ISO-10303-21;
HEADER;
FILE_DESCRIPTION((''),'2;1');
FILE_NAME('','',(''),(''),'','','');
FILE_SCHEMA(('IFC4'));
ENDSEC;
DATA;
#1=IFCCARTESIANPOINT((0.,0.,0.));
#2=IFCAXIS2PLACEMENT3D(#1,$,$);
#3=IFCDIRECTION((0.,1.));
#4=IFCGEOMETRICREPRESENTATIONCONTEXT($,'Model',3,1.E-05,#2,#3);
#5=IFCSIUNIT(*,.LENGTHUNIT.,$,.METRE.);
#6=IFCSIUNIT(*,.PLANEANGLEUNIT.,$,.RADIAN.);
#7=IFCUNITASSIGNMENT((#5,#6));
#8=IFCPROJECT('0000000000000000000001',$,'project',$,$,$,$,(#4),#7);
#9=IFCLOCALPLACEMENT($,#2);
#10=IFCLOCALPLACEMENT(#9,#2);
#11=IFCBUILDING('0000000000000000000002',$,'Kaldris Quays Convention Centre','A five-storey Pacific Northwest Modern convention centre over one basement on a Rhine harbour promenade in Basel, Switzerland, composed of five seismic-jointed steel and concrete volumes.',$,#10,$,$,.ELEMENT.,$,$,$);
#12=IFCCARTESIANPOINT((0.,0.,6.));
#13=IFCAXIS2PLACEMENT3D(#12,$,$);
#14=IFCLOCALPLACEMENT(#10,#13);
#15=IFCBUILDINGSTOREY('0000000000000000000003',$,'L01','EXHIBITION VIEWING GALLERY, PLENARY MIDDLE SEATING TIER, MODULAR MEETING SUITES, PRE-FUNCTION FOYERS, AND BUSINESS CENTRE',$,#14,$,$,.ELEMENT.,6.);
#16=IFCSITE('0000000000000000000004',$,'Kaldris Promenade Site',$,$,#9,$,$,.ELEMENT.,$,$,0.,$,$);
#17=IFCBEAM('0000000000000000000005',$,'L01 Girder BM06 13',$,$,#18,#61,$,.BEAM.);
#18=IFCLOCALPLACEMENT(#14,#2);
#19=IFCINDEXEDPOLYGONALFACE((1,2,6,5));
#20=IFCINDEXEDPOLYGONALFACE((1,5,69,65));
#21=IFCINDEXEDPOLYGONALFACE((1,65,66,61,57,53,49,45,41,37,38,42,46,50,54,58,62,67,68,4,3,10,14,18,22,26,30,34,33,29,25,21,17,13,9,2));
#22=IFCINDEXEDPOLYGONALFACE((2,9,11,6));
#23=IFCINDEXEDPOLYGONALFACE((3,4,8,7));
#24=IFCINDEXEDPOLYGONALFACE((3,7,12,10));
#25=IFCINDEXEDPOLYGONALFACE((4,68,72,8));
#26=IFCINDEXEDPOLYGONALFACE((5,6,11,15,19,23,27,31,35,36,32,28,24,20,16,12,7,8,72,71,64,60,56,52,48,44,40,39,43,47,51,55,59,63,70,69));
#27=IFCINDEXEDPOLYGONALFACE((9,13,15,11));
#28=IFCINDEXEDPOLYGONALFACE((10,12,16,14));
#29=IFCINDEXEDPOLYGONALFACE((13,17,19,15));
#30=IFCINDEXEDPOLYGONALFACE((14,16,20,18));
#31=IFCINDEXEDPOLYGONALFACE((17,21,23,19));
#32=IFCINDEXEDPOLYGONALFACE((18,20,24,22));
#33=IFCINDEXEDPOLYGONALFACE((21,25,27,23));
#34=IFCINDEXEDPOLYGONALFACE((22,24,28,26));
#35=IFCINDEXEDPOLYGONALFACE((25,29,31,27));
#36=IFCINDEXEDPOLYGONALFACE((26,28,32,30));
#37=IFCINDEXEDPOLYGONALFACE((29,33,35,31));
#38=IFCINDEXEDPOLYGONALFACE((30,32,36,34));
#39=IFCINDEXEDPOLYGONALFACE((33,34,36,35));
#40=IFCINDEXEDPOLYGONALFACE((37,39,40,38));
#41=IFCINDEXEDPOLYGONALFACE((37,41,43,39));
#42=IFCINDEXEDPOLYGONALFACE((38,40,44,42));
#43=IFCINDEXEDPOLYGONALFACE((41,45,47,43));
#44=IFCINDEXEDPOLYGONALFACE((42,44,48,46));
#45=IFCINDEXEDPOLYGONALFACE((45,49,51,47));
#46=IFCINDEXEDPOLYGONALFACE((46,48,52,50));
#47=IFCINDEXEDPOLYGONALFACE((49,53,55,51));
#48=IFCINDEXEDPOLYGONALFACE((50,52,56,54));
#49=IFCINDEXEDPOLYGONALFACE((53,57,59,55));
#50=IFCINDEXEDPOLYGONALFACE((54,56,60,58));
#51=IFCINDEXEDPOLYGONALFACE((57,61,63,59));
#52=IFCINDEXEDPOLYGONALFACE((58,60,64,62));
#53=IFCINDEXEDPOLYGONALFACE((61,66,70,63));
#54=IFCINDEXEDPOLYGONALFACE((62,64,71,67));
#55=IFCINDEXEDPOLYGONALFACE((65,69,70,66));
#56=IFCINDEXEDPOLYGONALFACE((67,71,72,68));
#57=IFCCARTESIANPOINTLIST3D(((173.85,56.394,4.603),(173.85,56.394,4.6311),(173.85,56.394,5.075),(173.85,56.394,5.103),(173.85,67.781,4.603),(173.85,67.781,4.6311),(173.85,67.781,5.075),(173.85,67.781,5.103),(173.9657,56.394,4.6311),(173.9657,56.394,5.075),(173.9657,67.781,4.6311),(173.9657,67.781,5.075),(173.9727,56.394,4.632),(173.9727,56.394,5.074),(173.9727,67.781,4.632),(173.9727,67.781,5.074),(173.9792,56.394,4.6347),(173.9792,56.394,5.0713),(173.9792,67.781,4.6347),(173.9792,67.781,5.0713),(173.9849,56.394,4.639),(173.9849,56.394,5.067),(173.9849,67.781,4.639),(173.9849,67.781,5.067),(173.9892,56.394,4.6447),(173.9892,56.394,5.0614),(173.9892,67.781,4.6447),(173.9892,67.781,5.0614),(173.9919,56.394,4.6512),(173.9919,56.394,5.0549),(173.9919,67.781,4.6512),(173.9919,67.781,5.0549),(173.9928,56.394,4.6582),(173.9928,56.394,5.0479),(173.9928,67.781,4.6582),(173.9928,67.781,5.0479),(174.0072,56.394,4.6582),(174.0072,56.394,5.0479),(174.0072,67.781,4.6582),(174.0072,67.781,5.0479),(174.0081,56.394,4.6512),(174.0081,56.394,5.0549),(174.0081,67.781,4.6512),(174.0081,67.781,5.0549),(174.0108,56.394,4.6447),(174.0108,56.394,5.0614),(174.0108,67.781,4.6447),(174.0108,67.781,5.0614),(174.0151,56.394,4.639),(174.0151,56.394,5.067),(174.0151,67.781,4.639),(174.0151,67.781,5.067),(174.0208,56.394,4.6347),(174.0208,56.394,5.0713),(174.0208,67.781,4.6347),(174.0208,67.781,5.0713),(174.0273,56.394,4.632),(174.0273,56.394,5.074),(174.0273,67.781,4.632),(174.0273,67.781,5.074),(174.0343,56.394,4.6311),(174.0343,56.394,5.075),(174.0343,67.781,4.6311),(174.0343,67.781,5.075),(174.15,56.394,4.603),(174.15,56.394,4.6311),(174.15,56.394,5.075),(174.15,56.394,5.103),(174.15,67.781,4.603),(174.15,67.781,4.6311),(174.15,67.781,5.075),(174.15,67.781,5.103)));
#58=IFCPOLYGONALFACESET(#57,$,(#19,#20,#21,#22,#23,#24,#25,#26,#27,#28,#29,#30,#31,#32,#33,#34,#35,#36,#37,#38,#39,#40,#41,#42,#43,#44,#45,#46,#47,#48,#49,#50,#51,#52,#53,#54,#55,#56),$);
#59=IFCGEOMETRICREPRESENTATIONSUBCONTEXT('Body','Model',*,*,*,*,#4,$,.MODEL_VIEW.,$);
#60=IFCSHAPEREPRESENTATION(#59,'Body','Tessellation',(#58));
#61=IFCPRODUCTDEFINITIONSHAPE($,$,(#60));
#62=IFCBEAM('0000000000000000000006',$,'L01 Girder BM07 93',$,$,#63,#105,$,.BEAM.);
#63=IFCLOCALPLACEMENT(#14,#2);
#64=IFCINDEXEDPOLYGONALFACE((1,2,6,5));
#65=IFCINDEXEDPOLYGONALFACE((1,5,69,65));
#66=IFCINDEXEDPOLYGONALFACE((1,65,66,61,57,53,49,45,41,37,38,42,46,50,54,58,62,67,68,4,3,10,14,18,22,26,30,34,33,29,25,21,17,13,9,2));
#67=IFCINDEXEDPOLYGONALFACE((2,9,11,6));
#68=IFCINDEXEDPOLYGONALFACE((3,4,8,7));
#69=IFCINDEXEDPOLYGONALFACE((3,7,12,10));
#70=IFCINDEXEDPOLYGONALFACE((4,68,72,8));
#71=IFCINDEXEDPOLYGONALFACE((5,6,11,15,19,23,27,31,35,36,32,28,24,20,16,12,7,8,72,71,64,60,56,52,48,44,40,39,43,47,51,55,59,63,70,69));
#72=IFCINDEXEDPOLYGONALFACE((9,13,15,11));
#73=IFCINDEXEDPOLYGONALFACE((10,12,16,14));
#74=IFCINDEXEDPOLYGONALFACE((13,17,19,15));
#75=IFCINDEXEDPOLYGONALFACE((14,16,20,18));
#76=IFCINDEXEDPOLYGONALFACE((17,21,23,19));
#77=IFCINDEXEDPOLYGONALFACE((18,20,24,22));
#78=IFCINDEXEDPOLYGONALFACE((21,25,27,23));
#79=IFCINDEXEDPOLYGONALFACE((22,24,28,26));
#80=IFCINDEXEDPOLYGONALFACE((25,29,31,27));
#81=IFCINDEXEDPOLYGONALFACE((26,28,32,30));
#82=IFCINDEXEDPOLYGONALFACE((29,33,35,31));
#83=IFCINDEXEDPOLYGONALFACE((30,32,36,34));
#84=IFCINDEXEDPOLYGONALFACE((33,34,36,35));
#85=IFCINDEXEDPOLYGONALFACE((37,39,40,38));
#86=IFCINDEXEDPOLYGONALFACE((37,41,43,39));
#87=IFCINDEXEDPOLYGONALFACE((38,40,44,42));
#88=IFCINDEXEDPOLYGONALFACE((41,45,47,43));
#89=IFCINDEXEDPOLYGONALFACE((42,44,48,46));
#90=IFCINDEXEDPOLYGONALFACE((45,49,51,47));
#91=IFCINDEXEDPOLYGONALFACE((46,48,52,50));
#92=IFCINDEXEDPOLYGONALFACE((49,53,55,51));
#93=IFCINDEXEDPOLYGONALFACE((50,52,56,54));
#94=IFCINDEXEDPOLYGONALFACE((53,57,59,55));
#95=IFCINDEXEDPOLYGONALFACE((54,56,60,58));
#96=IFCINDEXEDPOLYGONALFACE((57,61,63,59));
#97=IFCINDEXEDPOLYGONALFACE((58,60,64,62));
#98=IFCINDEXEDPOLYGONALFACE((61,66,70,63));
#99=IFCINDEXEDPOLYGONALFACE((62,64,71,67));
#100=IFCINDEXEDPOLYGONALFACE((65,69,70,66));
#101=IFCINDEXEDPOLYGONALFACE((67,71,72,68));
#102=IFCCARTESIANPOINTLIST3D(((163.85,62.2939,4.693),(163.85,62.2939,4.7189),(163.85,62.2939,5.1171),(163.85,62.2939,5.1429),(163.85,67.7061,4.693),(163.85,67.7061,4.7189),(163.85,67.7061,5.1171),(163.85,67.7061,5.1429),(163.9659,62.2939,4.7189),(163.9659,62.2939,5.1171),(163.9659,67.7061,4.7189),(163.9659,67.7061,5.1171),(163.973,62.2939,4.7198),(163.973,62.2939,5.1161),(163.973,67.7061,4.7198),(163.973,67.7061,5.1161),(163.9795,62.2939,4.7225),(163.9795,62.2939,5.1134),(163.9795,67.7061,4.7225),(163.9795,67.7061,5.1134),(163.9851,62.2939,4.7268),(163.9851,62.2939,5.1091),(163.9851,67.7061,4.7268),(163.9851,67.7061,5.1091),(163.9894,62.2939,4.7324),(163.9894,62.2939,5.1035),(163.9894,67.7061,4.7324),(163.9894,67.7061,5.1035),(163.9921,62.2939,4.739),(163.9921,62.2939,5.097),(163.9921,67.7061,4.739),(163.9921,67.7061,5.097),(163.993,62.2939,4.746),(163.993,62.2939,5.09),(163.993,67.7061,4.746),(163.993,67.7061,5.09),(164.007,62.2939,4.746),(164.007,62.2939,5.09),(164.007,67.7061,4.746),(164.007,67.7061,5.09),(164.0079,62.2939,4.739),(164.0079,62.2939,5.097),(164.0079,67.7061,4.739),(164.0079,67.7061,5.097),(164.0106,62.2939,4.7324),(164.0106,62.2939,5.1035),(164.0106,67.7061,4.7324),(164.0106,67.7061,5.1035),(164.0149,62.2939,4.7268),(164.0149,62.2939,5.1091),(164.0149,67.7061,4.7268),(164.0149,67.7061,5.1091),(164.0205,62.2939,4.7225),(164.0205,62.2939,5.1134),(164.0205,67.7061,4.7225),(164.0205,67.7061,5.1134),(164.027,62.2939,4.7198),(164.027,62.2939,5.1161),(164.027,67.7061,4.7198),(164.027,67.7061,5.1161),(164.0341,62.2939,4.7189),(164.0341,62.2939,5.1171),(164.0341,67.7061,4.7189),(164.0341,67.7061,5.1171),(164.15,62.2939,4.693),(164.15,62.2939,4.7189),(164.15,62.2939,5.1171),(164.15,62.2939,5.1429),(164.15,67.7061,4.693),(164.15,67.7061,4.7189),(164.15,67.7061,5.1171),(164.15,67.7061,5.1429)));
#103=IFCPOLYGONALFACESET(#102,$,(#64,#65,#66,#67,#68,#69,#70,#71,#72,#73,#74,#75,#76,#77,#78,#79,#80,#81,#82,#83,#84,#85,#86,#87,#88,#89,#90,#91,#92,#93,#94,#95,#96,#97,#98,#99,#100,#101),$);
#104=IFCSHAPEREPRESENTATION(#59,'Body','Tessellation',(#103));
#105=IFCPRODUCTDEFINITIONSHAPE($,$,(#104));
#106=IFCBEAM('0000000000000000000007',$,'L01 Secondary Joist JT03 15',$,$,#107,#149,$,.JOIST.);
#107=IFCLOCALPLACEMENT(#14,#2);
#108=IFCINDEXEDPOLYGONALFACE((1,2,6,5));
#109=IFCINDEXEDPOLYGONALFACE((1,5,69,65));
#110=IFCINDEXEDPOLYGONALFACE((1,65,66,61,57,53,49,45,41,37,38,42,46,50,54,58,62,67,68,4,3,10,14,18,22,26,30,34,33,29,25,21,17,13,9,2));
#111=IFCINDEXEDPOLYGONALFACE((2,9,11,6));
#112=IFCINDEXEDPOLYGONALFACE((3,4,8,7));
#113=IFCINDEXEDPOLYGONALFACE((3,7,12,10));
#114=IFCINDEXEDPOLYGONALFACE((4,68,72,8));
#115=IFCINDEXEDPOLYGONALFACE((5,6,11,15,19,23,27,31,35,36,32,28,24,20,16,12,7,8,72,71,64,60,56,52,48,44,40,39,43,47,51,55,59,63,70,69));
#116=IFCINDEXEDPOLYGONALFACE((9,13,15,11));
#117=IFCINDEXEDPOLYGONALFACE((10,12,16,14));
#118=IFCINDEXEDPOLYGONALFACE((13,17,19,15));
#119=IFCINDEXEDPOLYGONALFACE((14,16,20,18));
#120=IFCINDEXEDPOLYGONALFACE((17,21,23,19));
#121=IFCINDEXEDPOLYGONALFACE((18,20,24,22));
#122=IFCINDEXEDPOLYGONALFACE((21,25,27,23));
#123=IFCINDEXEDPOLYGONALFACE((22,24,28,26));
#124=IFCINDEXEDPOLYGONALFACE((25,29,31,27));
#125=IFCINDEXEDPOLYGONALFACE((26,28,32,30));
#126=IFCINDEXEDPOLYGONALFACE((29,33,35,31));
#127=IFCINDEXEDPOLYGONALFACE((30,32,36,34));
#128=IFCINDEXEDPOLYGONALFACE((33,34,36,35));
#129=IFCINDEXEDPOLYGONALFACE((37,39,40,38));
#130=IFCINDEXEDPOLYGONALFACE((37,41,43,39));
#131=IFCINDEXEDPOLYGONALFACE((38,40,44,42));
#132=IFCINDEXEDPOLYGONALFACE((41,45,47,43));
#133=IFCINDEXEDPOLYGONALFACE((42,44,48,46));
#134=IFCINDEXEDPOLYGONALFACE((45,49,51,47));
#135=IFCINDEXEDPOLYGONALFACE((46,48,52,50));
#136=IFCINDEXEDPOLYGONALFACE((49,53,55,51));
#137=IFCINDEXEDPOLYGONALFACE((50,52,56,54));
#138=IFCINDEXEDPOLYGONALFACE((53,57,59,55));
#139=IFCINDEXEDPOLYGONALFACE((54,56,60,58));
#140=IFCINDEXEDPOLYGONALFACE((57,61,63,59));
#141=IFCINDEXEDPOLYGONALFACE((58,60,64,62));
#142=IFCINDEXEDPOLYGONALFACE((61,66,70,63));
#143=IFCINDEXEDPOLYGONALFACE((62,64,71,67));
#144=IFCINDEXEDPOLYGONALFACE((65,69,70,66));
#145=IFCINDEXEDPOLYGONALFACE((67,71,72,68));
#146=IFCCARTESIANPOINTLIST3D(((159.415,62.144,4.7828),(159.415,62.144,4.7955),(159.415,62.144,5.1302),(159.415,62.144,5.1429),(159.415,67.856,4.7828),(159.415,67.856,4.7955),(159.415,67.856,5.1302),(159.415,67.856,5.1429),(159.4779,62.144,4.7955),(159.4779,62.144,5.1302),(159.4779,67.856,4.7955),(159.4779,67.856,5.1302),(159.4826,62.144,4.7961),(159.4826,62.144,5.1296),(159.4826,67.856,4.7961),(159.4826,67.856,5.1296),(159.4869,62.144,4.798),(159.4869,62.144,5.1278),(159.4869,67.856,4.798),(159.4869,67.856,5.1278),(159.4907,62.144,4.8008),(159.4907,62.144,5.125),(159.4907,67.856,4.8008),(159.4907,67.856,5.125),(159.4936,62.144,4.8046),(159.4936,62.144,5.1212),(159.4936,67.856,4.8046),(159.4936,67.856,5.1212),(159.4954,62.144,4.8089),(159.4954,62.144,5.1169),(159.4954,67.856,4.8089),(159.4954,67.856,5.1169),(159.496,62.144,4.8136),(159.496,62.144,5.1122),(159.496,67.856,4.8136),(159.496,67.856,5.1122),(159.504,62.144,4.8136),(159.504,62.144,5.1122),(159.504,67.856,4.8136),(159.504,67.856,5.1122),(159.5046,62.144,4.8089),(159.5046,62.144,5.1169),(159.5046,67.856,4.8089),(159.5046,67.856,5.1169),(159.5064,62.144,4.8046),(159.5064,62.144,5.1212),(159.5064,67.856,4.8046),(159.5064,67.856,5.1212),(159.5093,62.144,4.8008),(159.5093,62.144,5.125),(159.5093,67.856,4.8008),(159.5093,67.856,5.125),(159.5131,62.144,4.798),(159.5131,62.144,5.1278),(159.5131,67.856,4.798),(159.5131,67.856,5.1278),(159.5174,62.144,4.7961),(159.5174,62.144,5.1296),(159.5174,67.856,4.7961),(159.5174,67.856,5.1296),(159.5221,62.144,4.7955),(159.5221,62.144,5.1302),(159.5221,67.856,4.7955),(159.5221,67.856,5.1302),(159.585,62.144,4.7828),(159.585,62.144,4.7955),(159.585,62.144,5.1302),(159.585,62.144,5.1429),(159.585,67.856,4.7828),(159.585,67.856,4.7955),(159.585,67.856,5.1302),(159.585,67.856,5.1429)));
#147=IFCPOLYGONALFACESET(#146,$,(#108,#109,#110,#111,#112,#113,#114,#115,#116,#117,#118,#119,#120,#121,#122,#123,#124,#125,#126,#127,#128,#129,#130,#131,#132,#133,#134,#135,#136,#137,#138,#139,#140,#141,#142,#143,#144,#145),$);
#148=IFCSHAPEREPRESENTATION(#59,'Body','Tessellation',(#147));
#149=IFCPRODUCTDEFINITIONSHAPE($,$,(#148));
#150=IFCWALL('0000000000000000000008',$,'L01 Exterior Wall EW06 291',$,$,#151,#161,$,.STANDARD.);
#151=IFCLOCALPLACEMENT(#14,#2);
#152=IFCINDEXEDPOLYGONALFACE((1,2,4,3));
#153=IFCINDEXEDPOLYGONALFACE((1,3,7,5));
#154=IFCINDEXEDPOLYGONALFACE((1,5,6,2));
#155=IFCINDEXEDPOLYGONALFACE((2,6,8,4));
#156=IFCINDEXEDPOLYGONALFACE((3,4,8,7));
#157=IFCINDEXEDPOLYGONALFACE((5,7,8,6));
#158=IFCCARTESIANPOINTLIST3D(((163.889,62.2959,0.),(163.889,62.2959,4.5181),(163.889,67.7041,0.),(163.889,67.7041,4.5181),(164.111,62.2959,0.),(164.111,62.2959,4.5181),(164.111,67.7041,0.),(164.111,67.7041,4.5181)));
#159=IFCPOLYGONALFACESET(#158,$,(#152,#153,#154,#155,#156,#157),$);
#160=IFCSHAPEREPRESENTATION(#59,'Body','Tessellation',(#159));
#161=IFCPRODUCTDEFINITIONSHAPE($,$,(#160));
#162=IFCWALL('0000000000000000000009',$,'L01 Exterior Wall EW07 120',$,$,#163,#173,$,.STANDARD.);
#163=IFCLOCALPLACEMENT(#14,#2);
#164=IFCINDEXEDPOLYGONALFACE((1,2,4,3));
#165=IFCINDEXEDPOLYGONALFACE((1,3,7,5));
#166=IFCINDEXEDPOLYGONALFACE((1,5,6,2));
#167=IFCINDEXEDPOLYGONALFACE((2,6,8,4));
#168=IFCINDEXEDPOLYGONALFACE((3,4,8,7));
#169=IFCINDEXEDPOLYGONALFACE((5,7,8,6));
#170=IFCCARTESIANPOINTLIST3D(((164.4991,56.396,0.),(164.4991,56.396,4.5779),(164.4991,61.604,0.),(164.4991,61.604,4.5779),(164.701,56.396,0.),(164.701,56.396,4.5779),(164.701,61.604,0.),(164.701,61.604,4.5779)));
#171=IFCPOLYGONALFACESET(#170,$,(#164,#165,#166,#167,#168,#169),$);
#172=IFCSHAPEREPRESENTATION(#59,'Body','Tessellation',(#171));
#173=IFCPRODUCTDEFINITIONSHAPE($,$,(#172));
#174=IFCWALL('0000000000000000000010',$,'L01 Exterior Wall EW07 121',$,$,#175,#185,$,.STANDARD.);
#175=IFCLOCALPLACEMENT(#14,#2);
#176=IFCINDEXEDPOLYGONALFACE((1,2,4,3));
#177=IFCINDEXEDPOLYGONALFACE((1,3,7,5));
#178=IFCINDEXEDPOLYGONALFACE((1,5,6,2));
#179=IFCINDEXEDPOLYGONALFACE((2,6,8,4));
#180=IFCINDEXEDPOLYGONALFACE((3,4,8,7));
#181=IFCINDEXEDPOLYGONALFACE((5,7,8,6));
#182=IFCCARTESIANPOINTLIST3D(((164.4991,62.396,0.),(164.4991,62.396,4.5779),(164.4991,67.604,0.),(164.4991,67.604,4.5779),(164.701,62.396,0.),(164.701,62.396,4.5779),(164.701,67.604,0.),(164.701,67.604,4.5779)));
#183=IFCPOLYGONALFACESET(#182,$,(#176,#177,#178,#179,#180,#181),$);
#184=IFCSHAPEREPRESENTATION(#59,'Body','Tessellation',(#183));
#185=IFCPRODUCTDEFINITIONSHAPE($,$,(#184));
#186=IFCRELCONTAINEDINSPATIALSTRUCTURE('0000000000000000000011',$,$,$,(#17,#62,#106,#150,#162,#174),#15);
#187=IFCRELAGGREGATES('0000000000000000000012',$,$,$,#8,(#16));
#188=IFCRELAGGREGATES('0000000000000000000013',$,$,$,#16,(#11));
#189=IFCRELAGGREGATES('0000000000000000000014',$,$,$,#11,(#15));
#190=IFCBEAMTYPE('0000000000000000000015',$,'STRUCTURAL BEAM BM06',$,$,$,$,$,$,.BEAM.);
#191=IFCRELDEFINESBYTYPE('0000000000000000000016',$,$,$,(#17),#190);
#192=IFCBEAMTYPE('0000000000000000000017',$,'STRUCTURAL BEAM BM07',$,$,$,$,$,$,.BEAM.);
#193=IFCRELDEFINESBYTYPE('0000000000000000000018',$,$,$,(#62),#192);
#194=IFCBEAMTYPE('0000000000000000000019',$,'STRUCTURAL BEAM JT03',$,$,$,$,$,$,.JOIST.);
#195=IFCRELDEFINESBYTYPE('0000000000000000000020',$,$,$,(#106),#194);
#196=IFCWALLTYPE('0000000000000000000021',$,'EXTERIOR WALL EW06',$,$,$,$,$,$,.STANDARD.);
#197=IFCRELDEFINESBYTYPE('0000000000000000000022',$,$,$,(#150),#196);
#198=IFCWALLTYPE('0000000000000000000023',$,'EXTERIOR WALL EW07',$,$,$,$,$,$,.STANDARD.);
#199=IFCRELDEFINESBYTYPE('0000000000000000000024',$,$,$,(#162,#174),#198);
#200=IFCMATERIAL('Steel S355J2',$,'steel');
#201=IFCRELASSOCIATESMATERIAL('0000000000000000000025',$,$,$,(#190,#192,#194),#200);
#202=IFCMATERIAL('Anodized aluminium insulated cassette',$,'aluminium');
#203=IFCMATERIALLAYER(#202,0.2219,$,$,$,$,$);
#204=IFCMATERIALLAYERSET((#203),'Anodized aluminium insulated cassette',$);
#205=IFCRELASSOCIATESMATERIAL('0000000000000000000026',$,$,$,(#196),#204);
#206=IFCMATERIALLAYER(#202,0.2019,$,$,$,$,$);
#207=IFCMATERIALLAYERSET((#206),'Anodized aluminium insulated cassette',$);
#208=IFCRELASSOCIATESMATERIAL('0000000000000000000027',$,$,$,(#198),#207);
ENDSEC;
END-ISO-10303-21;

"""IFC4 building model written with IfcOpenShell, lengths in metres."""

from ifc_helpers import new_model, si_unit, direction, frame, frame_2d, origin, origin_2d, place, context, subcontext, project, spatial, rectangle, i_section, extrude, material, layer, layer_set, material_profile, profile_set, type_object, element, save


model = new_model("IFC4")

# Units and contexts
model_context = context("Model", 3, precision=1e-05, world=origin(), true_north=direction((0.0, 1.0)))
body_context = subcontext(model_context, "Body", "Model", "MODEL_VIEW")
ifc_project = project(units=[si_unit("LENGTHUNIT", "METRE"), si_unit("PLANEANGLEUNIT", "RADIAN")], contexts=[model_context])

# Site, building, storey
site_placement = place(None, origin())
site = spatial("IfcSite", under=ifc_project, at=site_placement, Name="Kaldris Promenade Site", CompositionType="ELEMENT", RefElevation=0.0)
building_placement = place(site_placement, origin())
building = spatial("IfcBuilding", under=site, at=building_placement, Name="Kaldris Quays Convention Centre", Description="A five-storey Pacific Northwest Modern convention centre over one basement on a Rhine harbour promenade in Basel, Switzerland, composed of five seismic-jointed steel and concrete volumes.", CompositionType="ELEMENT")
storey_placement = place(building_placement, frame((0.0, 0.0, 6.0)))
storey = spatial("IfcBuildingStorey", under=building, at=storey_placement, Name="L01", Description="EXHIBITION VIEWING GALLERY, PLENARY MIDDLE SEATING TIER, MODULAR MEETING SUITES, PRE-FUNCTION FOYERS, AND BUSINESS CENTRE", CompositionType="ELEMENT", Elevation=6.0)

# Shared definitions
ifc_material_1 = material(Name="Steel S355J2", Category="steel")

# Beams
ifc_material_profile_1 = material_profile(ifc_material_1, i_section(OverallWidth=0.3, OverallDepth=0.5, WebThickness=0.0144, FlangeThickness=0.0281, FilletRadius=0.0271, at=origin_2d()), Name="HEB 500")
ifc_profile_set_1 = profile_set([ifc_material_profile_1], Name="Steel S355J2")
beam_type_1 = type_object("IfcBeamType", Name="STRUCTURAL BEAM BM06", PredefinedType="BEAM", material=ifc_profile_set_1)
beam_1_placement = place(storey_placement, frame((174.0, 56.394, 4.853), z_axis=(0.0, 1.0, 0.0), x_axis=(-1.0, 0.0, 0.0)))
element("IfcBeam", 1, at=beam_1_placement, inside=storey, type_object=beam_type_1, Name="L01 Girder BM06 13", PredefinedType="BEAM", context=body_context, shape_type="SweptSolid", body=[
    extrude(i_section(OverallWidth=0.3, OverallDepth=0.5, WebThickness=0.0144, FlangeThickness=0.0281, FilletRadius=0.0271, at=origin_2d()), origin(), (0.0, 0.0, 1.0), 11.387),
])
ifc_material_profile_2 = material_profile(ifc_material_1, i_section(OverallWidth=0.3, OverallDepth=0.45, WebThickness=0.0139, FlangeThickness=0.0259, FilletRadius=0.0271, at=origin_2d()), Name="HEB 450")
ifc_profile_set_2 = profile_set([ifc_material_profile_2], Name="Steel S355J2")
beam_type_2 = type_object("IfcBeamType", Name="STRUCTURAL BEAM BM07", PredefinedType="BEAM", material=ifc_profile_set_2)
beam_2_placement = place(storey_placement, frame((164.0, 62.2939, 4.918), z_axis=(0.0, 1.0, 0.0), x_axis=(-1.0, 0.0, 0.0)))
element("IfcBeam", 2, at=beam_2_placement, inside=storey, type_object=beam_type_2, Name="L01 Girder BM07 93", PredefinedType="BEAM", context=body_context, shape_type="SweptSolid", body=[
    extrude(i_section(OverallWidth=0.3, OverallDepth=0.45, WebThickness=0.0139, FlangeThickness=0.0259, FilletRadius=0.0271, at=origin_2d()), origin(), (0.0, 0.0, 1.0), 5.4121),
])
ifc_material_profile_3 = material_profile(ifc_material_1, i_section(OverallWidth=0.1699, OverallDepth=0.3601, WebThickness=0.0081, FlangeThickness=0.0127, FilletRadius=0.0181, at=origin_2d()), Name="IPE 360")
ifc_profile_set_3 = profile_set([ifc_material_profile_3], Name="Steel S355J2")
beam_type_3 = type_object("IfcBeamType", Name="STRUCTURAL BEAM JT03", PredefinedType="JOIST", material=ifc_profile_set_3)
beam_3_placement = place(storey_placement, frame((159.5, 62.144, 4.9629), z_axis=(0.0, 1.0, 0.0), x_axis=(-1.0, 0.0, 0.0)))
element("IfcBeam", 3, at=beam_3_placement, inside=storey, type_object=beam_type_3, Name="L01 Secondary Joist JT03 15", PredefinedType="JOIST", context=body_context, shape_type="SweptSolid", body=[
    extrude(i_section(OverallWidth=0.1699, OverallDepth=0.3601, WebThickness=0.0081, FlangeThickness=0.0127, FilletRadius=0.0181, at=origin_2d()), origin(), (0.0, 0.0, 1.0), 5.7119),
])

# Walls
ifc_material_2 = material(Name="Anodized aluminium insulated cassette", Category="aluminium")
ifc_layer_1 = layer(ifc_material_2, 0.2219)
ifc_layer_set_1 = layer_set([ifc_layer_1], Name="Anodized aluminium insulated cassette")
wall_type_1 = type_object("IfcWallType", Name="EXTERIOR WALL EW06", PredefinedType="STANDARD", material=ifc_layer_set_1)
wall_1_placement = place(storey_placement, frame((164.0, 62.2959, 0.0), z_axis=(0.0, 0.0, 1.0), x_axis=(0.0, 1.0, 0.0)))
element("IfcWall", 4, at=wall_1_placement, inside=storey, type_object=wall_type_1, Name="L01 Exterior Wall EW06 291", PredefinedType="STANDARD", context=body_context, shape_type="SweptSolid", body=[
    extrude(rectangle(XDim=5.4082, YDim=0.2219, at=frame_2d((2.7041, 0.0))), origin(), (0.0, 0.0, 1.0), 4.5181),
])
ifc_layer_2 = layer(ifc_material_2, 0.2019)
ifc_layer_set_2 = layer_set([ifc_layer_2], Name="Anodized aluminium insulated cassette")
wall_type_2 = type_object("IfcWallType", Name="EXTERIOR WALL EW07", PredefinedType="STANDARD", material=ifc_layer_set_2)
for number, where, z_axis, x_axis, name in (
    (5, (164.6001, 56.396, 0.0), (0.0, 0.0, 1.0), (0.0, 1.0, 0.0), "L01 Exterior Wall EW07 120"),
    (6, (164.6001, 62.396, 0.0), (0.0, 0.0, 1.0), (0.0, 1.0, 0.0), "L01 Exterior Wall EW07 121"),
):
    element("IfcWall", number, at=place(storey_placement, frame(where, z_axis=z_axis, x_axis=x_axis)), inside=storey, type_object=wall_type_2, Name=name, PredefinedType="STANDARD", context=body_context, shape_type="SweptSolid", body=[
        extrude(rectangle(XDim=5.208, YDim=0.2019, at=frame_2d((2.604, 0.0))), origin(), (0.0, 0.0, 1.0), 4.5779),
    ])

save(model, "model.ifc")
